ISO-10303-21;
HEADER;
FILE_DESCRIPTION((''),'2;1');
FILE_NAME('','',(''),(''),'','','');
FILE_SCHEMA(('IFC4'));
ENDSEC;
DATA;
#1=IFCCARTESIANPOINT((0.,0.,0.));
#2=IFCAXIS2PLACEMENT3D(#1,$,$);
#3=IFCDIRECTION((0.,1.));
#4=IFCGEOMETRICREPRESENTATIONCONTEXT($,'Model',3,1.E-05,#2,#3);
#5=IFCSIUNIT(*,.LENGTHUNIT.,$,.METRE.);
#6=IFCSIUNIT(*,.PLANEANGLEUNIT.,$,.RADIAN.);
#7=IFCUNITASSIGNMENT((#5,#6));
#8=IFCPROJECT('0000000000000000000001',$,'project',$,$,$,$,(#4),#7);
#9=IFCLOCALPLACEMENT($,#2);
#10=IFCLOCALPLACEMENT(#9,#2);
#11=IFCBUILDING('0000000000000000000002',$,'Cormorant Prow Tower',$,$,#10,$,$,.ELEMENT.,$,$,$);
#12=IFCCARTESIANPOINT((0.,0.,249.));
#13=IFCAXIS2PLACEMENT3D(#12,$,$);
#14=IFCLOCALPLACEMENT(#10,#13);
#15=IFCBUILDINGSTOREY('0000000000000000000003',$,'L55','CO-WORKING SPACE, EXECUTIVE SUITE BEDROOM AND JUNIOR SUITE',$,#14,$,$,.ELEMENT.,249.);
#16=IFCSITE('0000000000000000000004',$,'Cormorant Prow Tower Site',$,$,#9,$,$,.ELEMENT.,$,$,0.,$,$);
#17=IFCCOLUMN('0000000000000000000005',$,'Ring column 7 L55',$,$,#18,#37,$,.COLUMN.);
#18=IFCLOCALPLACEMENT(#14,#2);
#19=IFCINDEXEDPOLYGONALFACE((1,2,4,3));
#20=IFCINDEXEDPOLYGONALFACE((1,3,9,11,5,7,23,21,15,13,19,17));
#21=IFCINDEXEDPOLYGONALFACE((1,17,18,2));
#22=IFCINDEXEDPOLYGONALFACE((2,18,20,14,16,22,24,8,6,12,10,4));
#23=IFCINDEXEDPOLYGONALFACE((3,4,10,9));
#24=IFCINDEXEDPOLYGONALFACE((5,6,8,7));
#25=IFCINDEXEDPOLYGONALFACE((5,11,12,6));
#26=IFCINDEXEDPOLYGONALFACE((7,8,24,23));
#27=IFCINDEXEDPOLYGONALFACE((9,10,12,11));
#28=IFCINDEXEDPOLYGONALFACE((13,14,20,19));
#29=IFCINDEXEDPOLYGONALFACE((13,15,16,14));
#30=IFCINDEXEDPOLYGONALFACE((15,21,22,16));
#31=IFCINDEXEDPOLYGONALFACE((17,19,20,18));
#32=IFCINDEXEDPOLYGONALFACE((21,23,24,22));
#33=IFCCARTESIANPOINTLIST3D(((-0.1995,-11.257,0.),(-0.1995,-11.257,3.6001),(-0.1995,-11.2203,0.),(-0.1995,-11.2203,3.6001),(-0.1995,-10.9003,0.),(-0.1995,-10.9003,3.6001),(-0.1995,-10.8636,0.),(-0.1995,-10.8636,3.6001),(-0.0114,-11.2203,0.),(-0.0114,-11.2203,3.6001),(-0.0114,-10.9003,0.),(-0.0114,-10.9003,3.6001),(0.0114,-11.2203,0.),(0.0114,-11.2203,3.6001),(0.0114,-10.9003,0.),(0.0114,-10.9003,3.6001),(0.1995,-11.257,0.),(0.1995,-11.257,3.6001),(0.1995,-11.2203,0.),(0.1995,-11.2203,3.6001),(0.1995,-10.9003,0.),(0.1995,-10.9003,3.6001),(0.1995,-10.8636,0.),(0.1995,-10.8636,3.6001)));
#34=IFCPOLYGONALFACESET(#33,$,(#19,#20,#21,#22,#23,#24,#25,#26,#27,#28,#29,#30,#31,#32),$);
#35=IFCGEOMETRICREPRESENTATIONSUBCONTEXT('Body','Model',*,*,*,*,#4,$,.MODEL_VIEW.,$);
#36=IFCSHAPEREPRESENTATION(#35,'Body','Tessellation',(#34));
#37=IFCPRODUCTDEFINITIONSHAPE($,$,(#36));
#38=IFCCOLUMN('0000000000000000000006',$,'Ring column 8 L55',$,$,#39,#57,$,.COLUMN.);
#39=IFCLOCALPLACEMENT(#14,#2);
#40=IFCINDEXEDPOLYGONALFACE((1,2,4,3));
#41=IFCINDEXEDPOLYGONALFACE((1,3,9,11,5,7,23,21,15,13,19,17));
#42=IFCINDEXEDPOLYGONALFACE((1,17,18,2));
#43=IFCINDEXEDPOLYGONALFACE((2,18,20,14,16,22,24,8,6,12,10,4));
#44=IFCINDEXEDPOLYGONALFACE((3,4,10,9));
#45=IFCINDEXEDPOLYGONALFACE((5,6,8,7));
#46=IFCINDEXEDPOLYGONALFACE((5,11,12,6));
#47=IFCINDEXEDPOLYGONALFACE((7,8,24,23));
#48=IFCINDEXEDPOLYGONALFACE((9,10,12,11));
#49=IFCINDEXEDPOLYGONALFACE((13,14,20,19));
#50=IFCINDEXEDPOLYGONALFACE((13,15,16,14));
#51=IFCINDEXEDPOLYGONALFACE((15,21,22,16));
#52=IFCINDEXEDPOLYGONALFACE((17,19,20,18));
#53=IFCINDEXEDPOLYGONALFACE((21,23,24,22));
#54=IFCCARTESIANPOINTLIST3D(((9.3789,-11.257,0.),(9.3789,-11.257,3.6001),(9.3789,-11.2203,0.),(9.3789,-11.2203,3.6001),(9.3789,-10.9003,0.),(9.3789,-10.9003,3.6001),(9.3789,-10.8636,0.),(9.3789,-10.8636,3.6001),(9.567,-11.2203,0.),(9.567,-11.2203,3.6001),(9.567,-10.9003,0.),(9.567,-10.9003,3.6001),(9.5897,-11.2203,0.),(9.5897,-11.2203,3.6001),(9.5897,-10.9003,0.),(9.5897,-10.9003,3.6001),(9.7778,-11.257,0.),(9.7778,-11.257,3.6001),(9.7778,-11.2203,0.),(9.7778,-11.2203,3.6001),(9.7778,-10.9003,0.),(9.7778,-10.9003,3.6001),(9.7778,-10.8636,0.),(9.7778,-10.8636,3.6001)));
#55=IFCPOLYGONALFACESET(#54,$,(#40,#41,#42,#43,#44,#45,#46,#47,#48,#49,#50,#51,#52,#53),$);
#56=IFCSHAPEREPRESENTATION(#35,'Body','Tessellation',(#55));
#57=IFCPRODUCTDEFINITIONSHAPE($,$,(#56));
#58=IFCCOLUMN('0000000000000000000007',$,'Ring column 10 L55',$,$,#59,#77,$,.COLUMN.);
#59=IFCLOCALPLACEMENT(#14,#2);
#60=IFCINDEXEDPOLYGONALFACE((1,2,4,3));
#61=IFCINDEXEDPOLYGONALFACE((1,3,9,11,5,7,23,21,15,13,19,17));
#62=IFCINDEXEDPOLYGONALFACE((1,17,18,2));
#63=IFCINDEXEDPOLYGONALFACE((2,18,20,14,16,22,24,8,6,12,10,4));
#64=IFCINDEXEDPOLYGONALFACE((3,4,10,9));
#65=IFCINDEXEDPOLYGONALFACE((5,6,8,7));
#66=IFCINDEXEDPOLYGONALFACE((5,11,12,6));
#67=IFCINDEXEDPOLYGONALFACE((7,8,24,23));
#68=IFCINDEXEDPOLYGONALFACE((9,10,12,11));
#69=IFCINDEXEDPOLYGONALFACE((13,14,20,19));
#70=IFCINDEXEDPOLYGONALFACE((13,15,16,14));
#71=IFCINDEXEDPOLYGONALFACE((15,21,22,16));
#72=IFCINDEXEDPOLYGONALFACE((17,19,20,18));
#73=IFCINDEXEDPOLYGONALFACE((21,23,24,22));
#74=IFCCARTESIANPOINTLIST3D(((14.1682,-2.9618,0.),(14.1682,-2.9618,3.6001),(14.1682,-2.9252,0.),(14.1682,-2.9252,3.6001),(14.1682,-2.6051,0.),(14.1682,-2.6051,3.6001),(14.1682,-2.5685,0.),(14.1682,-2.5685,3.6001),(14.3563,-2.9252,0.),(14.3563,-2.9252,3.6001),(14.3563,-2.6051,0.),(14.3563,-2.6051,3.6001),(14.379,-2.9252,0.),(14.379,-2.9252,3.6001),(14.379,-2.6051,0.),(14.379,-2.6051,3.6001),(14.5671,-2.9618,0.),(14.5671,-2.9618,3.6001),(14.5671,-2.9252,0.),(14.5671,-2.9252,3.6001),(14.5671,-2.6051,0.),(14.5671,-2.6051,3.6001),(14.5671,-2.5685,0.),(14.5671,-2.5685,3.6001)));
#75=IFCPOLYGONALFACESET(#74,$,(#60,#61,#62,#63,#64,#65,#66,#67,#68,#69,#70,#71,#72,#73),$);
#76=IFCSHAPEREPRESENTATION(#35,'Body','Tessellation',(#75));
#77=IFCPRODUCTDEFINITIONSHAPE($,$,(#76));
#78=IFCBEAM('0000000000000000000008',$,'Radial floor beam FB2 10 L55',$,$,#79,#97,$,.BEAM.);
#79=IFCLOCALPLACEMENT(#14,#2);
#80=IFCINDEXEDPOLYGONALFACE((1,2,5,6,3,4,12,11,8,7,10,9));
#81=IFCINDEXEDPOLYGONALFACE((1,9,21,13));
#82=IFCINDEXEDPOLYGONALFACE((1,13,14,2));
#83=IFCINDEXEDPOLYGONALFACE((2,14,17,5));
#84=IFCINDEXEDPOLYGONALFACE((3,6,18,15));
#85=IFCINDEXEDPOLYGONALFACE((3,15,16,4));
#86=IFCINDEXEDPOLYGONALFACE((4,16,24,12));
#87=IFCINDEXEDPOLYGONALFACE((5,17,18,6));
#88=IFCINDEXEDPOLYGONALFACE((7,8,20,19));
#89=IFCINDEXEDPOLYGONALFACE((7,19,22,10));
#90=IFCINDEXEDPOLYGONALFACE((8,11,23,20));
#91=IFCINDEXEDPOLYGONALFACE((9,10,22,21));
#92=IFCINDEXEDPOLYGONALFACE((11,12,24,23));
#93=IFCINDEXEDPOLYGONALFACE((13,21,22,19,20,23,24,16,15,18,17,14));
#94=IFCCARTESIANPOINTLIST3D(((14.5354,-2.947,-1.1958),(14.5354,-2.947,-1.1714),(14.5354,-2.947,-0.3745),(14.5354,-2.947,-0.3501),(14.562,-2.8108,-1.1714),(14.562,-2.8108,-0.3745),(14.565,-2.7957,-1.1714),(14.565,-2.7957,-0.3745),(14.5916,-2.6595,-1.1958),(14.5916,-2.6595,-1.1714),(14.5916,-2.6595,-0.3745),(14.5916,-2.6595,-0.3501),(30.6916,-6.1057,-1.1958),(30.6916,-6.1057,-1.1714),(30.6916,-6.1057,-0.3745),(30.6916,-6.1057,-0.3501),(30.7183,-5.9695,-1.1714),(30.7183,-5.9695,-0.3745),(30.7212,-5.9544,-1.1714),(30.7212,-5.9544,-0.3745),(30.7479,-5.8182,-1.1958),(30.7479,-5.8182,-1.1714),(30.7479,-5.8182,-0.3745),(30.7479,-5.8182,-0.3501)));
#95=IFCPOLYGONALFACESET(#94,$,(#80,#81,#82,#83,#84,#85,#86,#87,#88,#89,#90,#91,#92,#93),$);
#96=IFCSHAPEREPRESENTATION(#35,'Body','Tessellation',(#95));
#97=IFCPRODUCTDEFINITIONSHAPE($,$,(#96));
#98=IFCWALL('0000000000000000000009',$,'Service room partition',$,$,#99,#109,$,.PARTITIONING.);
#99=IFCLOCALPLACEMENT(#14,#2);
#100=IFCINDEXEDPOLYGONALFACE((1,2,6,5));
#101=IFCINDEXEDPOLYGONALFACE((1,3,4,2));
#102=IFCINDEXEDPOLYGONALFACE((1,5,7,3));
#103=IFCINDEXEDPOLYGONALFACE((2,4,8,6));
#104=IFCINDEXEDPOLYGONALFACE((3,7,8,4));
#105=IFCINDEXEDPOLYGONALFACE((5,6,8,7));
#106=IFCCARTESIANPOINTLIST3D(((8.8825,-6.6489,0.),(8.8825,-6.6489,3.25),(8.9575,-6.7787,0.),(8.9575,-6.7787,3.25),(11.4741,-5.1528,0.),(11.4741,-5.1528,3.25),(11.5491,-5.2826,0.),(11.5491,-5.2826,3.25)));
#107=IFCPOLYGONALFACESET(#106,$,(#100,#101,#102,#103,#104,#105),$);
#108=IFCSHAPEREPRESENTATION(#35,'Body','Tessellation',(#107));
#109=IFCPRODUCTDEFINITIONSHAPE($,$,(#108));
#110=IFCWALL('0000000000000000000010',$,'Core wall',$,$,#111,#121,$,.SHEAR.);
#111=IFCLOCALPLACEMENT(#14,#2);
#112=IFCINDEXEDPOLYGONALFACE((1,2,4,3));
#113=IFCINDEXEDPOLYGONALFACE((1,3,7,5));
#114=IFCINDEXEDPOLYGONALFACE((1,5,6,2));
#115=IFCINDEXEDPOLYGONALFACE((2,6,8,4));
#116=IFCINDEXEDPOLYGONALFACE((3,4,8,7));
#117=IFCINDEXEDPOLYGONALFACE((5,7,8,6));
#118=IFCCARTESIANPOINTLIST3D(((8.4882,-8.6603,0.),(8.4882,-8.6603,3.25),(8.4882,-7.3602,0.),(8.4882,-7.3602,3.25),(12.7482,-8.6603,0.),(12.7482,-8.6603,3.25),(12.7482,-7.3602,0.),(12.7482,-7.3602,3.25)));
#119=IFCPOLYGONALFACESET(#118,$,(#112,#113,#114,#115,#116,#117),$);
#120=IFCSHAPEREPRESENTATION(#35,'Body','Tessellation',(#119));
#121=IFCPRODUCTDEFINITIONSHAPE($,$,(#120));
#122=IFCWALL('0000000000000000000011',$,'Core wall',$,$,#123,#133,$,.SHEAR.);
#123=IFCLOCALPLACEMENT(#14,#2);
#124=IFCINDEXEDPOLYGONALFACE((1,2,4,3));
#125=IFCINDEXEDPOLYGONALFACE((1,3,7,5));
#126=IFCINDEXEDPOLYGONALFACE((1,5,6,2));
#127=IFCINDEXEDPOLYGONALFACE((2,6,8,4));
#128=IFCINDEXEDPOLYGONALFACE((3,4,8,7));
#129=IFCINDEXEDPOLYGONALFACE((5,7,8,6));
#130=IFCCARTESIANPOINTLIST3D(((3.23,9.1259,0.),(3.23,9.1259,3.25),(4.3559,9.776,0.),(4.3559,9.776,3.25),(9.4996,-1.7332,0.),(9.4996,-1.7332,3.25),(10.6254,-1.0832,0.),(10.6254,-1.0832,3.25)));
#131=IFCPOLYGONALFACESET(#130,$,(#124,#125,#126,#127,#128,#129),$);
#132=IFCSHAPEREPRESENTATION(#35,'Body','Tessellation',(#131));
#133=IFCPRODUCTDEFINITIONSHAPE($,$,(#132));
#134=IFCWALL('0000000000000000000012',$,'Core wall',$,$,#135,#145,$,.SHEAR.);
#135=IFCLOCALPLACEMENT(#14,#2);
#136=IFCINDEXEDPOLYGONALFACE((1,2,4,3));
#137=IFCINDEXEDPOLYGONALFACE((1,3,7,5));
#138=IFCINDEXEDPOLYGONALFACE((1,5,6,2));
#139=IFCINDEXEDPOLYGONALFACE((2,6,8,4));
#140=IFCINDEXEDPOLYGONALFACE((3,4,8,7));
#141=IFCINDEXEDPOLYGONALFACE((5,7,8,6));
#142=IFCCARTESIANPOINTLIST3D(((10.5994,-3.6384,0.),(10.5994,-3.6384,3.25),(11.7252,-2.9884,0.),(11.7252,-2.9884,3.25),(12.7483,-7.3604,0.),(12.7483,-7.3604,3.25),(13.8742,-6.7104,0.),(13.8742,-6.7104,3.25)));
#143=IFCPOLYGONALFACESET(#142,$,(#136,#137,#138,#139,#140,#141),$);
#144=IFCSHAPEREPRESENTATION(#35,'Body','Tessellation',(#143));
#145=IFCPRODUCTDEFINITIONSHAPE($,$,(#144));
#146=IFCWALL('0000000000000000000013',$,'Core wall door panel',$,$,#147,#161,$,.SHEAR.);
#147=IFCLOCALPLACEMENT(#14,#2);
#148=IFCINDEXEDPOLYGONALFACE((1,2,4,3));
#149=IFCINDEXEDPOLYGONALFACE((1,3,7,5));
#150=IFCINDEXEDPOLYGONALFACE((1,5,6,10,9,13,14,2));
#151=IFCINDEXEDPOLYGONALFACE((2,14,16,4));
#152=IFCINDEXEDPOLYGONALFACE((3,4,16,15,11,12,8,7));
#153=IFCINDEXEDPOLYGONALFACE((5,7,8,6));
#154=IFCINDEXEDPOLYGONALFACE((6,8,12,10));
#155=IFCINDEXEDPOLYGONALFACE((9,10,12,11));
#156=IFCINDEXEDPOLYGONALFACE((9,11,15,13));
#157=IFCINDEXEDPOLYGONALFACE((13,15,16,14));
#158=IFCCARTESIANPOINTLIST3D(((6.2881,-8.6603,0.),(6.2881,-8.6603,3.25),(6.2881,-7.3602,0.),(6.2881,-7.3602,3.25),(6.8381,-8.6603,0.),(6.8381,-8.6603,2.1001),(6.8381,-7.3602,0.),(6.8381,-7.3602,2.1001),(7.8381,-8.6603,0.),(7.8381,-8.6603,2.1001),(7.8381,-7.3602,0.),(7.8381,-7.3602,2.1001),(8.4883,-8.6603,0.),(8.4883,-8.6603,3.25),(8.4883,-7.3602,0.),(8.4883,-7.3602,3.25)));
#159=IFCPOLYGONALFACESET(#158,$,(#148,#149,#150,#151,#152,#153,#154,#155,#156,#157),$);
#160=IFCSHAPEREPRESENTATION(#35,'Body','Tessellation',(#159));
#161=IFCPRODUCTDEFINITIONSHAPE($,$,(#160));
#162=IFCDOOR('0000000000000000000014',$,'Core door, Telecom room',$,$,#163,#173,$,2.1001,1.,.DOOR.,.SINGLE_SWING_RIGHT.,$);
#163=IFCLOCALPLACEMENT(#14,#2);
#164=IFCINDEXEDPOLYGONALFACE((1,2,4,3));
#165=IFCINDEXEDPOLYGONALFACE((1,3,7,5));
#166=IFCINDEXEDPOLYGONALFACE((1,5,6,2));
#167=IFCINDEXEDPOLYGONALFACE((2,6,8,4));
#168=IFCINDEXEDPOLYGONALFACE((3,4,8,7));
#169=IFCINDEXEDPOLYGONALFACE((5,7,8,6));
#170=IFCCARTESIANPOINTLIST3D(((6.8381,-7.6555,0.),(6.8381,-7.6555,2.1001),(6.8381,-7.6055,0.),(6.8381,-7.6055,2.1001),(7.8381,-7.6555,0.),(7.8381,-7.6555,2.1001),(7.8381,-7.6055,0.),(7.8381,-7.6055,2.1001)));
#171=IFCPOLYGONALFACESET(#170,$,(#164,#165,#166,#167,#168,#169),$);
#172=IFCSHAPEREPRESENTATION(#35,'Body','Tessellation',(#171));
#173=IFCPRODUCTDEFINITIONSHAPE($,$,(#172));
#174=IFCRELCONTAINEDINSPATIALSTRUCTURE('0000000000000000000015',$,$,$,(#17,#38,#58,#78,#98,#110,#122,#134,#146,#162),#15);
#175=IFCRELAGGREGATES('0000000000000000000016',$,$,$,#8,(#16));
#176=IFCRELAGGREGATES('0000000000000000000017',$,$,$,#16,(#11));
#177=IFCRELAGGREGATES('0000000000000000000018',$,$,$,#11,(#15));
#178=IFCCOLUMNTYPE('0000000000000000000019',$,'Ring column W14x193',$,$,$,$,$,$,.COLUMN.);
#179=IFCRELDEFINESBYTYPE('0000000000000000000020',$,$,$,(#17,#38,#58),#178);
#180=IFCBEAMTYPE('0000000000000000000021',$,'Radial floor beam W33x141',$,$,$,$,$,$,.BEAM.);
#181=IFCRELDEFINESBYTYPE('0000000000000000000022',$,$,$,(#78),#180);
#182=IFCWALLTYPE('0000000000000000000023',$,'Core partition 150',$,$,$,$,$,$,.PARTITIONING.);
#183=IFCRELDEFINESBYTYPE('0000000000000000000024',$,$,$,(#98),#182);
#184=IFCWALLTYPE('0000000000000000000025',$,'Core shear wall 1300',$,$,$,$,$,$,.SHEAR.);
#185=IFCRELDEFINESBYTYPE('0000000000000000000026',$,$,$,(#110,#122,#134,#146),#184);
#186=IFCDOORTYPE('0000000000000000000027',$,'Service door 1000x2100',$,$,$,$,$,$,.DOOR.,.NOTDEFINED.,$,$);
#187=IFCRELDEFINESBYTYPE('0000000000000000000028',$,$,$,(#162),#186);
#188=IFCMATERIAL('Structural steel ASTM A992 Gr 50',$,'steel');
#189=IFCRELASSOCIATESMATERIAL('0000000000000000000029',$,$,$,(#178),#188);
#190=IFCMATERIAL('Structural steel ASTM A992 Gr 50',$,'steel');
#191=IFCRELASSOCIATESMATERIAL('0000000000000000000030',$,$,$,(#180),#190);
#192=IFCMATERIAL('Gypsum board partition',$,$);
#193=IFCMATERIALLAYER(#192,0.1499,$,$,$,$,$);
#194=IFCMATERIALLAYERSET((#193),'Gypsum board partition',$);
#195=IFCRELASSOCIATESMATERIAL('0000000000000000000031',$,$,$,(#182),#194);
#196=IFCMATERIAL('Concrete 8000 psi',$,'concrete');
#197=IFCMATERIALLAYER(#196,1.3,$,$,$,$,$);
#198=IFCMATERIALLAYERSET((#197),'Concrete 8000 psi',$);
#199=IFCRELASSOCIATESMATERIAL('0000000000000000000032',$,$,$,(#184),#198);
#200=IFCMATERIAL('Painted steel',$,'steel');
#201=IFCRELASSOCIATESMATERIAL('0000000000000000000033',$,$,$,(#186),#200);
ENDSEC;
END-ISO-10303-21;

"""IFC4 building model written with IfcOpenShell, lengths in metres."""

from ifc_helpers import new_model, si_unit, direction, frame, frame_2d, origin, origin_2d, place, context, subcontext, project, spatial, rectangle, i_section, extrude, material, layer, layer_set, material_profile, profile_set, type_object, element, fill, save


model = new_model("IFC4")

# Units and contexts
model_context = context("Model", 3, precision=1e-05, world=origin(), true_north=direction((0.0, 1.0)))
body_context = subcontext(model_context, "Body", "Model", "MODEL_VIEW")
ifc_project = project(units=[si_unit("LENGTHUNIT", "METRE"), si_unit("PLANEANGLEUNIT", "RADIAN")], contexts=[model_context])

# Site, building, storey
site_placement = place(None, origin())
site = spatial("IfcSite", under=ifc_project, at=site_placement, Name="Cormorant Prow Tower Site", CompositionType="ELEMENT", RefElevation=0.0)
building_placement = place(site_placement, origin())
building = spatial("IfcBuilding", under=site, at=building_placement, Name="Cormorant Prow Tower", CompositionType="ELEMENT")
storey_placement = place(building_placement, frame((0.0, 0.0, 249.0)))
storey = spatial("IfcBuildingStorey", under=building, at=storey_placement, Name="L55", Description="CO-WORKING SPACE, EXECUTIVE SUITE BEDROOM AND JUNIOR SUITE", CompositionType="ELEMENT", Elevation=249.0)

# Columns
ifc_material_1 = material(Name="Structural steel ASTM A992 Gr 50", Category="steel")
ifc_material_profile_1 = material_profile(ifc_material_1, i_section(OverallWidth=0.3989, OverallDepth=0.3933, WebThickness=0.0227, FlangeThickness=0.0366, at=origin_2d()), Name="W14x193")
ifc_profile_set_1 = profile_set([ifc_material_profile_1], Name="Structural steel ASTM A992 Gr 50")
column_type = type_object("IfcColumnType", Name="Ring column W14x193", PredefinedType="COLUMN", material=ifc_profile_set_1)
for number, where, z_axis, x_axis, name in (
    (1, (0.0, -11.0603, 0.0), (0.0, 0.0, 1.0), (1.0, 0.0, 0.0), "Ring column 7 L55"),
    (2, (9.5784, -11.0603, 0.0), (0.0, 0.0, 1.0), (1.0, 0.0, 0.0), "Ring column 8 L55"),
    (3, (14.3677, -2.7651, 0.0), (0.0, 0.0, 1.0), (1.0, 0.0, 0.0), "Ring column 10 L55"),
):
    element("IfcColumn", number, at=place(storey_placement, frame(where, z_axis=z_axis, x_axis=x_axis)), inside=storey, type_object=column_type, Name=name, PredefinedType="COLUMN", context=body_context, shape_type="SweptSolid", body=[
        extrude(i_section(OverallWidth=0.3989, OverallDepth=0.3933, WebThickness=0.0227, FlangeThickness=0.0366, at=origin_2d()), origin(), (0.0, 0.0, 1.0), 3.6001),
    ])

# Beam
ifc_material_2 = material(Name="Structural steel ASTM A992 Gr 50", Category="steel")
ifc_material_profile_2 = material_profile(ifc_material_2, i_section(OverallWidth=0.293, OverallDepth=0.8457, WebThickness=0.0154, FlangeThickness=0.0244, at=origin_2d()), Name="W33x141")
ifc_profile_set_2 = profile_set([ifc_material_profile_2], Name="Structural steel ASTM A992 Gr 50")
beam_type = type_object("IfcBeamType", Name="Radial floor beam W33x141", PredefinedType="BEAM", material=ifc_profile_set_2)
beam_placement = place(storey_placement, frame((14.5635, -2.8032, -0.7729), z_axis=(0.981419, -0.191876, 0.0), x_axis=(0.191876, 0.981419, 0.0)))
element("IfcBeam", 4, at=beam_placement, inside=storey, type_object=beam_type, Name="Radial floor beam FB2 10 L55", PredefinedType="BEAM", context=body_context, shape_type="SweptSolid", body=[
    extrude(i_section(OverallWidth=0.293, OverallDepth=0.8457, WebThickness=0.0154, FlangeThickness=0.0244, at=origin_2d()), origin(), (0.0, 0.0, 1.0), 16.4622),
])

# Walls
ifc_material_3 = material(Name="Gypsum board partition")
ifc_layer_1 = layer(ifc_material_3, 0.1499)
ifc_layer_set_1 = layer_set([ifc_layer_1], Name="Gypsum board partition")
wall_type_1 = type_object("IfcWallType", Name="Core partition 150", PredefinedType="PARTITIONING", material=ifc_layer_set_1)
wall_1_placement = place(storey_placement, frame((11.5115, -5.2178, 0.0), z_axis=(0.0, 0.0, 1.0), x_axis=(-0.866046, -0.499965, 0.0)))
element("IfcWall", 5, at=wall_1_placement, inside=storey, type_object=wall_type_1, Name="Service room partition", PredefinedType="PARTITIONING", context=body_context, shape_type="SweptSolid", body=[
    extrude(rectangle(XDim=2.9924, YDim=0.1499, at=frame_2d((1.4961, 0.0))), origin(), (0.0, 0.0, 1.0), 3.25),
])
ifc_material_4 = material(Name="Concrete 8000 psi", Category="concrete")
ifc_layer_2 = layer(ifc_material_4, 1.3)
ifc_layer_set_2 = layer_set([ifc_layer_2], Name="Concrete 8000 psi")
wall_type_2 = type_object("IfcWallType", Name="Core shear wall 1300", PredefinedType="SHEAR", material=ifc_layer_set_2)
wall_2_placement = place(storey_placement, frame((8.4883, -8.0103, 0.0), z_axis=(0.0, 0.0, 1.0), x_axis=(1.0, 0.0, 0.0)))
element("IfcWall", 6, at=wall_2_placement, inside=storey, type_object=wall_type_2, Name="Core wall", PredefinedType="SHEAR", context=body_context, shape_type="SweptSolid", body=[
    extrude(rectangle(XDim=4.26, YDim=1.3, at=frame_2d((2.1299, 0.0))), origin(), (0.0, 0.0, 1.0), 3.25),
])
wall_3_placement = place(storey_placement, frame((10.0625, -1.4082, 0.0), z_axis=(0.0, 0.0, 1.0), x_axis=(-0.500001, 0.866025, 0.0)))
element("IfcWall", 7, at=wall_3_placement, inside=storey, type_object=wall_type_2, Name="Core wall", PredefinedType="SHEAR", context=body_context, shape_type="SweptSolid", body=[
    extrude(rectangle(XDim=12.5391, YDim=1.3, at=frame_2d((6.2695, 0.0))), origin(), (0.0, 0.0, 1.0), 3.25),
])
wall_4_placement = place(storey_placement, frame((13.3113, -7.0354, 0.0), z_axis=(0.0, 0.0, 1.0), x_axis=(-0.500013, 0.866018, 0.0)))
element("IfcWall", 8, at=wall_4_placement, inside=storey, type_object=wall_type_2, Name="Core wall", PredefinedType="SHEAR", context=body_context, shape_type="SweptSolid", body=[
    extrude(rectangle(XDim=4.2979, YDim=1.3, at=frame_2d((2.1489, 0.0))), origin(), (0.0, 0.0, 1.0), 3.25),
])

# Wall, opening, door
wall_5_placement = place(storey_placement, frame((6.2881, -8.0103, 0.0), z_axis=(0.0, 0.0, 1.0), x_axis=(1.0, 0.0, 0.0)))
wall_5 = element("IfcWall", 9, at=wall_5_placement, inside=storey, type_object=wall_type_2, Name="Core wall door panel", PredefinedType="SHEAR", context=body_context, shape_type="SweptSolid", body=[
    extrude(rectangle(XDim=2.2002, YDim=1.3, at=frame_2d((1.1001, 0.0))), origin(), (0.0, 0.0, 1.0), 3.25),
])
opening_1_placement = place(wall_5_placement, frame((0.55, 0.0, 0.0)))
opening_1 = element("IfcOpeningElement", 10, at=opening_1_placement, cuts=wall_5, PredefinedType="OPENING", context=body_context, shape_type="SweptSolid", body=[
    extrude(rectangle(XDim=1.0, YDim=2.1001, at=frame_2d((0.5, 1.05))), frame((0.0, 0.6599, 0.0), z_axis=(0.0, -1.0, 0.0), x_axis=(1.0, 0.0, 0.0)), (0.0, 0.0, 1.0), 1.3201),
])
ifc_material_5 = material(Name="Painted steel", Category="steel")
door_type_1 = type_object("IfcDoorType", Name="Service door 1000x2100", OperationType="NOTDEFINED", PredefinedType="DOOR", material=ifc_material_5)
door_1_placement = place(opening_1_placement, origin())
door_1 = element("IfcDoor", 11, at=door_1_placement, inside=storey, type_object=door_type_1, Name="Core door, Telecom room", OperationType="SINGLE_SWING_RIGHT", OverallHeight=2.1001, OverallWidth=1.0, PredefinedType="DOOR", context=body_context, shape_type="SweptSolid", body=[
    extrude(rectangle(XDim=1.0, YDim=2.1001, at=frame_2d((0.5, 1.05))), frame((0.0, 0.4048, 0.0), z_axis=(0.0, -1.0, 0.0), x_axis=(1.0, 0.0, 0.0)), (0.0, 0.0, 1.0), 0.05),
])
fill(opening_1, door_1)

save(model, "model.ifc")
